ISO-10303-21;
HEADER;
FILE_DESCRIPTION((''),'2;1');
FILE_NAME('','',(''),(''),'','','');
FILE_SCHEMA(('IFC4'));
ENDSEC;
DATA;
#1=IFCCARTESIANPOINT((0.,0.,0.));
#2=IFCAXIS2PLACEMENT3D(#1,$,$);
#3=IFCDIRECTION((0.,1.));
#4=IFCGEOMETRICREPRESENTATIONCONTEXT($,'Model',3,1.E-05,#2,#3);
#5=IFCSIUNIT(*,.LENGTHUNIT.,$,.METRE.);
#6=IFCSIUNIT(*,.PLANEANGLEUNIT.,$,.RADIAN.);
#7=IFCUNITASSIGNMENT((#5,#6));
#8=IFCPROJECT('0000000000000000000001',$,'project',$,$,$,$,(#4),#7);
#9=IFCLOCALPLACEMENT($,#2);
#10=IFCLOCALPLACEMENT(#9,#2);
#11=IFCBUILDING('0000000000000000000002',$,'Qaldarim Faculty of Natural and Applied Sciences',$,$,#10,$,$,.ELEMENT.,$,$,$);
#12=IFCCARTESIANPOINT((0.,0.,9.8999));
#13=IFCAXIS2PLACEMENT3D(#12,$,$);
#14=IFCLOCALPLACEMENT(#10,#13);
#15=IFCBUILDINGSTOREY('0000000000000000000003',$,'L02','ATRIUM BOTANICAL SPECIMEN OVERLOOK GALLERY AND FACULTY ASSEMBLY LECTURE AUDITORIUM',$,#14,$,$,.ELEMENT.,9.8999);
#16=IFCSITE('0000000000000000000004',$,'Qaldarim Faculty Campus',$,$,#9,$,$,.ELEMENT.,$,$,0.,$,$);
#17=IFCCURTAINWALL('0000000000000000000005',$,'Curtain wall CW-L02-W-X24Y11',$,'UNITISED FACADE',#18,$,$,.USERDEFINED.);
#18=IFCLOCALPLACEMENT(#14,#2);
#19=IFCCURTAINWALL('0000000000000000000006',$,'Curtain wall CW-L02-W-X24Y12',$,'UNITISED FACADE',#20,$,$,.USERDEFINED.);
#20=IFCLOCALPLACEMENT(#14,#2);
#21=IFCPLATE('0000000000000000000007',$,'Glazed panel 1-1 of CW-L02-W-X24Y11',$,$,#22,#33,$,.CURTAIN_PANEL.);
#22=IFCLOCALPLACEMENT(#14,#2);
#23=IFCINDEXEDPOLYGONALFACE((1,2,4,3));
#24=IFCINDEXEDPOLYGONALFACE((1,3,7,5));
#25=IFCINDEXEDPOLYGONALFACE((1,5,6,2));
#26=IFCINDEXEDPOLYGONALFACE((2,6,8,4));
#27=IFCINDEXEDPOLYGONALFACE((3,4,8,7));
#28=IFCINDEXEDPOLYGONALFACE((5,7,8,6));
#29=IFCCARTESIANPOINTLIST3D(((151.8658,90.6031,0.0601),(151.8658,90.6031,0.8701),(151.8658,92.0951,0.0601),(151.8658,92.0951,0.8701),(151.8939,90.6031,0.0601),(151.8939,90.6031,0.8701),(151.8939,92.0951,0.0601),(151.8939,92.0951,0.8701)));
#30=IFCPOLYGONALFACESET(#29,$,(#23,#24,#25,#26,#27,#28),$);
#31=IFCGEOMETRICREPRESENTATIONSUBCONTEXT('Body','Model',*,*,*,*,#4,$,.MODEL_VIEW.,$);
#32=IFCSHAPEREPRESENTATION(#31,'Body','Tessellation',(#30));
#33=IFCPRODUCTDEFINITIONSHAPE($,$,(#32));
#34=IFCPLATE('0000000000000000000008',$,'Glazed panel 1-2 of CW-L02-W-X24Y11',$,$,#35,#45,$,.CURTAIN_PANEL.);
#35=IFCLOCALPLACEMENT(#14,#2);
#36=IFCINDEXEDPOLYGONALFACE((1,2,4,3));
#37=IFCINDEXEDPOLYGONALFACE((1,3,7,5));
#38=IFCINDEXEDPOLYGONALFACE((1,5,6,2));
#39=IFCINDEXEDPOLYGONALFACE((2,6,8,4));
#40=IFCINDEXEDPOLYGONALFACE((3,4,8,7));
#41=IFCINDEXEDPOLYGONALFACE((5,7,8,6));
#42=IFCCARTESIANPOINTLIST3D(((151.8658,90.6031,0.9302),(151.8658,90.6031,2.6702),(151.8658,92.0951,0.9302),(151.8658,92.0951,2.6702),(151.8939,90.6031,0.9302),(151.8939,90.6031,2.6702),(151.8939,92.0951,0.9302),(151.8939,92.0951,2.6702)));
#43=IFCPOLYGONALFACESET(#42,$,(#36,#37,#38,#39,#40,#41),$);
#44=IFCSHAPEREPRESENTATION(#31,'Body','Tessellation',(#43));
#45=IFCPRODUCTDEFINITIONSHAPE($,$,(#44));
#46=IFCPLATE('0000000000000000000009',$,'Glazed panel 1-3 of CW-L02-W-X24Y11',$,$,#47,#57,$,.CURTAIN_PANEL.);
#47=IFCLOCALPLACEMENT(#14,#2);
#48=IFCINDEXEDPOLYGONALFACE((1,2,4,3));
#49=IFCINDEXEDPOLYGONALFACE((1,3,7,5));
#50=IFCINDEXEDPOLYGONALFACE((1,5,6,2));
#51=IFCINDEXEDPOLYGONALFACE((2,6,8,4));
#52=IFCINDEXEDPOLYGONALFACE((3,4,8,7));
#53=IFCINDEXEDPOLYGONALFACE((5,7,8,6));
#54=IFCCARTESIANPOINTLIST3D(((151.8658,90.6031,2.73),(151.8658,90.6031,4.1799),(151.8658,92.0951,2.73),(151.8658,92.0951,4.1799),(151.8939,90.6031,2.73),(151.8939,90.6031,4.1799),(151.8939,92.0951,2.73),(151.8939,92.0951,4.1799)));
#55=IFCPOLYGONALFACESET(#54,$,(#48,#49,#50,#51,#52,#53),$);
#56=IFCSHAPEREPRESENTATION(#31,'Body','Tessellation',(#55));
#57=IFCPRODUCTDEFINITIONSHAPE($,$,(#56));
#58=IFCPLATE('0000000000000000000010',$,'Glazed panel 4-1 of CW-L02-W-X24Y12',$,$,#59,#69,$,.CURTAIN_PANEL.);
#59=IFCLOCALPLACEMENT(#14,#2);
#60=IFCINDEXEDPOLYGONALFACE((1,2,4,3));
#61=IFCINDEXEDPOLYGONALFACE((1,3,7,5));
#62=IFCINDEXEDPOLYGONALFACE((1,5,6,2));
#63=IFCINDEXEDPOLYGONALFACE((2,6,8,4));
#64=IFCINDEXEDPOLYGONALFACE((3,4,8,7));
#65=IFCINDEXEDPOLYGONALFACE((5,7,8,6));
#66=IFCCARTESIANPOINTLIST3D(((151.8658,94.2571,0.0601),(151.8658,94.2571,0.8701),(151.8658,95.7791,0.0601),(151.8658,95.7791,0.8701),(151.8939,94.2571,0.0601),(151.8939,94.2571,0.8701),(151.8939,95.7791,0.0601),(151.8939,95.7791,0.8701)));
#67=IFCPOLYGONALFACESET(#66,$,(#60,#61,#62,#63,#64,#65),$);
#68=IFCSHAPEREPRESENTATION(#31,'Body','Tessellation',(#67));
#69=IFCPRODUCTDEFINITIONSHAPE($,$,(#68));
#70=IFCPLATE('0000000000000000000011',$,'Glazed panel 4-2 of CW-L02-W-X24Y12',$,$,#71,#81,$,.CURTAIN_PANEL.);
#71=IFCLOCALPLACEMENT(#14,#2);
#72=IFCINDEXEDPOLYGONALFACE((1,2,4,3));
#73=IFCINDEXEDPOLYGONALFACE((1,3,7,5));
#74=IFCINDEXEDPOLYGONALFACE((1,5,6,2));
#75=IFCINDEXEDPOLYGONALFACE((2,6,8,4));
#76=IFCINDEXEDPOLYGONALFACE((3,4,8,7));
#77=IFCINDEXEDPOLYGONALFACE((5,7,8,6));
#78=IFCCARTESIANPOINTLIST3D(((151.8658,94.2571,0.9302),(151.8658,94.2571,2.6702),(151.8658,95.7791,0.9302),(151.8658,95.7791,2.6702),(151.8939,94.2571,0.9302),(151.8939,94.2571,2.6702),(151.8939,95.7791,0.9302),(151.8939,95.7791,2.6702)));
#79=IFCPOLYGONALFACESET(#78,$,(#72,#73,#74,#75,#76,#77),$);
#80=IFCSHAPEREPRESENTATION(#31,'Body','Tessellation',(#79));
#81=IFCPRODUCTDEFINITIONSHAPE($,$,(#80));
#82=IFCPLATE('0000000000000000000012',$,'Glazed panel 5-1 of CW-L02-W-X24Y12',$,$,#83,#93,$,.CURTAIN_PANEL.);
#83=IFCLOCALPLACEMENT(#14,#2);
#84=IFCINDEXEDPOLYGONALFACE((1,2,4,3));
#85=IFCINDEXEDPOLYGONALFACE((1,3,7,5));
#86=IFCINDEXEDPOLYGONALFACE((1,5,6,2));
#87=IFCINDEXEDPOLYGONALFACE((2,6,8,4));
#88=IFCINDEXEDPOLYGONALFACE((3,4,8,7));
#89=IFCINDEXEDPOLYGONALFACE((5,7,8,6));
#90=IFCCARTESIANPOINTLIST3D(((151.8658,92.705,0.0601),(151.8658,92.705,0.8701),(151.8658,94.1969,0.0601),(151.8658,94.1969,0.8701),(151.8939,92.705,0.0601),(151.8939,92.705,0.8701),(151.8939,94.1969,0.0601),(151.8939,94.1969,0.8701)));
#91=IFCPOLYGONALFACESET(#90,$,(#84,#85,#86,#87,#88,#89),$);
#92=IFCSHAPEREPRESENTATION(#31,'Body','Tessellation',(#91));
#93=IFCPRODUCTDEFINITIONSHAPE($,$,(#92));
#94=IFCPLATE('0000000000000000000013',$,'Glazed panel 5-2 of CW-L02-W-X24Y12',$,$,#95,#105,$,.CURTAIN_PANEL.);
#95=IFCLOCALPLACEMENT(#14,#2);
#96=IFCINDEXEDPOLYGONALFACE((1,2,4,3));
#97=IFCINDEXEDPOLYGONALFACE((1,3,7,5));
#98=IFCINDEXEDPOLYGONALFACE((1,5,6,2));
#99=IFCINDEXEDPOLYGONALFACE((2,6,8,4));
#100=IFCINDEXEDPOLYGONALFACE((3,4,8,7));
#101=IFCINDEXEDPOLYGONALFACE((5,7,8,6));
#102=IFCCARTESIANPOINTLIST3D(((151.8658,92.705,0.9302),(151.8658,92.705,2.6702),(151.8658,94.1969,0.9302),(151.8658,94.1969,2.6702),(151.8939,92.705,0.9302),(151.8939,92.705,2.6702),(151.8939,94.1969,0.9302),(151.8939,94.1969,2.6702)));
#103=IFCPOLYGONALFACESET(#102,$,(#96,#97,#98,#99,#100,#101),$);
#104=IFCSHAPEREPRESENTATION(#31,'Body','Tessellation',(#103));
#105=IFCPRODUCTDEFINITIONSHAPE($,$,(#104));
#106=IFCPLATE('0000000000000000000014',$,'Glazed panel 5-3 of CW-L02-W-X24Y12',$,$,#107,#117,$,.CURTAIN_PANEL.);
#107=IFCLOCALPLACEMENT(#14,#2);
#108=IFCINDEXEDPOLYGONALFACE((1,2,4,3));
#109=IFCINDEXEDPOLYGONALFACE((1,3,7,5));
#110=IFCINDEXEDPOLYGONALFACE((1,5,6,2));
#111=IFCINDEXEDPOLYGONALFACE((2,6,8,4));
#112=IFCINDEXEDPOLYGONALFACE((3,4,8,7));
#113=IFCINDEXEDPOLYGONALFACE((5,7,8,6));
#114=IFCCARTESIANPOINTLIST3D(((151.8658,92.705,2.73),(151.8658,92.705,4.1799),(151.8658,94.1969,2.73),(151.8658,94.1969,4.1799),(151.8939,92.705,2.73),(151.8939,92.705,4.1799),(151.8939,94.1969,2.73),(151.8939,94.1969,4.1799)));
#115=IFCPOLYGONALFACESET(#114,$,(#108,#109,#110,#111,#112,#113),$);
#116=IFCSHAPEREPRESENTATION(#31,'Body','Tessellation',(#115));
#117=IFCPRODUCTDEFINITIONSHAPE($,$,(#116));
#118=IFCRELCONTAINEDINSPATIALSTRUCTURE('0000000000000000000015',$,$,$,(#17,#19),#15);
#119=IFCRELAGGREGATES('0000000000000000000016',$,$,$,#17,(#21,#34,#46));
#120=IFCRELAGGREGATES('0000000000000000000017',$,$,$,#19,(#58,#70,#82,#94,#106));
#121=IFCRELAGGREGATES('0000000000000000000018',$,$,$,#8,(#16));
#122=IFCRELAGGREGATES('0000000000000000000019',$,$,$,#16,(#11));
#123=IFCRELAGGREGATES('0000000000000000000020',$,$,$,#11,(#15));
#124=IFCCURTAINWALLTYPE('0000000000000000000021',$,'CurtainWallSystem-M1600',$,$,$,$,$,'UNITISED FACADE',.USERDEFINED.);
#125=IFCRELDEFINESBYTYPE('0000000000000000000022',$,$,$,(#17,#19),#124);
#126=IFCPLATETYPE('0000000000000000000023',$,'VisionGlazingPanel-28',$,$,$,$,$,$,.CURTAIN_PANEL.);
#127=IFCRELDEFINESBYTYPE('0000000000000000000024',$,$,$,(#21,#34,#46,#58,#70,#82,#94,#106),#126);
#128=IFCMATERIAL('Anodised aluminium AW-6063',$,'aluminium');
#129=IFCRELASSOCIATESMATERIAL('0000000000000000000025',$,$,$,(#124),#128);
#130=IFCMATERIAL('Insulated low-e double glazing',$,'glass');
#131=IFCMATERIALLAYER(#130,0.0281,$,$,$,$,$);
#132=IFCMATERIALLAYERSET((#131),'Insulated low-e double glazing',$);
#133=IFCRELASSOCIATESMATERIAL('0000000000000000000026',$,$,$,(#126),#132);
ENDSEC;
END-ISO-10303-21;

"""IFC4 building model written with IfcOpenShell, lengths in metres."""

from ifc_helpers import new_model, si_unit, direction, frame, origin, origin_2d, place, context, subcontext, project, spatial, rectangle, extrude, material, layer, layer_set, type_object, element, aggregate, save


model = new_model("IFC4")

# Units and contexts
model_context = context("Model", 3, precision=1e-05, world=origin(), true_north=direction((0.0, 1.0)))
body_context = subcontext(model_context, "Body", "Model", "MODEL_VIEW")
ifc_project = project(units=[si_unit("LENGTHUNIT", "METRE"), si_unit("PLANEANGLEUNIT", "RADIAN")], contexts=[model_context])

# Site, building, storey
site_placement = place(None, origin())
site = spatial("IfcSite", under=ifc_project, at=site_placement, Name="Qaldarim Faculty Campus", CompositionType="ELEMENT", RefElevation=0.0)
building_placement = place(site_placement, origin())
building = spatial("IfcBuilding", under=site, at=building_placement, Name="Qaldarim Faculty of Natural and Applied Sciences", CompositionType="ELEMENT")
storey_placement = place(building_placement, frame((0.0, 0.0, 9.8999)))
storey = spatial("IfcBuildingStorey", under=building, at=storey_placement, Name="L02", Description="ATRIUM BOTANICAL SPECIMEN OVERLOOK GALLERY AND FACULTY ASSEMBLY LECTURE AUDITORIUM", CompositionType="ELEMENT", Elevation=9.8999)

# Curtain walls
ifc_material_1 = material(Name="Anodised aluminium AW-6063", Category="aluminium")
curtain_wall_type = type_object("IfcCurtainWallType", Name="CurtainWallSystem-M1600", ElementType="UNITISED FACADE", PredefinedType="USERDEFINED", material=ifc_material_1)
curtain_wall_1_placement = place(storey_placement, origin())
curtain_wall_1 = element("IfcCurtainWall", 1, at=curtain_wall_1_placement, inside=storey, type_object=curtain_wall_type, Name="Curtain wall CW-L02-W-X24Y11", ObjectType="UNITISED FACADE", PredefinedType="USERDEFINED")
curtain_wall_2_placement = place(storey_placement, origin())
curtain_wall_2 = element("IfcCurtainWall", 2, at=curtain_wall_2_placement, inside=storey, type_object=curtain_wall_type, Name="Curtain wall CW-L02-W-X24Y12", ObjectType="UNITISED FACADE", PredefinedType="USERDEFINED")

# Plates
ifc_material_2 = material(Name="Insulated low-e double glazing", Category="glass")
ifc_layer = layer(ifc_material_2, 0.0281)
ifc_layer_set = layer_set([ifc_layer], Name="Insulated low-e double glazing")
plate_type = type_object("IfcPlateType", Name="VisionGlazingPanel-28", PredefinedType="CURTAIN_PANEL", material=ifc_layer_set)
plate_1_placement = place(storey_placement, frame((151.8799, 91.3491, 0.0601), z_axis=(0.0, 0.0, 1.0), x_axis=(0.0, -1.0, 0.0)))
plate_1 = element("IfcPlate", 3, at=plate_1_placement, type_object=plate_type, Name="Glazed panel 1-1 of CW-L02-W-X24Y11", PredefinedType="CURTAIN_PANEL", context=body_context, shape_type="SweptSolid", body=[
    extrude(rectangle(XDim=1.4919, YDim=0.0281, at=origin_2d()), origin(), (0.0, 0.0, 1.0), 0.8101),
])
plate_2_placement = place(storey_placement, frame((151.8799, 91.3491, 0.9302), z_axis=(0.0, 0.0, 1.0), x_axis=(0.0, -1.0, 0.0)))
plate_2 = element("IfcPlate", 4, at=plate_2_placement, type_object=plate_type, Name="Glazed panel 1-2 of CW-L02-W-X24Y11", PredefinedType="CURTAIN_PANEL", context=body_context, shape_type="SweptSolid", body=[
    extrude(rectangle(XDim=1.4919, YDim=0.0281, at=origin_2d()), origin(), (0.0, 0.0, 1.0), 1.74),
])
plate_3_placement = place(storey_placement, frame((151.8799, 91.3491, 2.73), z_axis=(0.0, 0.0, 1.0), x_axis=(0.0, -1.0, 0.0)))
plate_3 = element("IfcPlate", 5, at=plate_3_placement, type_object=plate_type, Name="Glazed panel 1-3 of CW-L02-W-X24Y11", PredefinedType="CURTAIN_PANEL", context=body_context, shape_type="SweptSolid", body=[
    extrude(rectangle(XDim=1.4919, YDim=0.0281, at=origin_2d()), origin(), (0.0, 0.0, 1.0), 1.45),
])
aggregate(curtain_wall_1, [plate_1, plate_2, plate_3])
plate_4_placement = place(storey_placement, frame((151.8799, 95.0181, 0.0601), z_axis=(0.0, 0.0, 1.0), x_axis=(0.0, -1.0, 0.0)))
plate_4 = element("IfcPlate", 6, at=plate_4_placement, type_object=plate_type, Name="Glazed panel 4-1 of CW-L02-W-X24Y12", PredefinedType="CURTAIN_PANEL", context=body_context, shape_type="SweptSolid", body=[
    extrude(rectangle(XDim=1.522, YDim=0.0281, at=origin_2d()), origin(), (0.0, 0.0, 1.0), 0.8101),
])
plate_5_placement = place(storey_placement, frame((151.8799, 95.0181, 0.9302), z_axis=(0.0, 0.0, 1.0), x_axis=(0.0, -1.0, 0.0)))
plate_5 = element("IfcPlate", 7, at=plate_5_placement, type_object=plate_type, Name="Glazed panel 4-2 of CW-L02-W-X24Y12", PredefinedType="CURTAIN_PANEL", context=body_context, shape_type="SweptSolid", body=[
    extrude(rectangle(XDim=1.522, YDim=0.0281, at=origin_2d()), origin(), (0.0, 0.0, 1.0), 1.74),
])
plate_6_placement = place(storey_placement, frame((151.8799, 93.4509, 0.0601), z_axis=(0.0, 0.0, 1.0), x_axis=(0.0, -1.0, 0.0)))
plate_6 = element("IfcPlate", 8, at=plate_6_placement, type_object=plate_type, Name="Glazed panel 5-1 of CW-L02-W-X24Y12", PredefinedType="CURTAIN_PANEL", context=body_context, shape_type="SweptSolid", body=[
    extrude(rectangle(XDim=1.4919, YDim=0.0281, at=origin_2d()), origin(), (0.0, 0.0, 1.0), 0.8101),
])
plate_7_placement = place(storey_placement, frame((151.8799, 93.4509, 0.9302), z_axis=(0.0, 0.0, 1.0), x_axis=(0.0, -1.0, 0.0)))
plate_7 = element("IfcPlate", 9, at=plate_7_placement, type_object=plate_type, Name="Glazed panel 5-2 of CW-L02-W-X24Y12", PredefinedType="CURTAIN_PANEL", context=body_context, shape_type="SweptSolid", body=[
    extrude(rectangle(XDim=1.4919, YDim=0.0281, at=origin_2d()), origin(), (0.0, 0.0, 1.0), 1.74),
])
plate_8_placement = place(storey_placement, frame((151.8799, 93.4509, 2.73), z_axis=(0.0, 0.0, 1.0), x_axis=(0.0, -1.0, 0.0)))
plate_8 = element("IfcPlate", 10, at=plate_8_placement, type_object=plate_type, Name="Glazed panel 5-3 of CW-L02-W-X24Y12", PredefinedType="CURTAIN_PANEL", context=body_context, shape_type="SweptSolid", body=[
    extrude(rectangle(XDim=1.4919, YDim=0.0281, at=origin_2d()), origin(), (0.0, 0.0, 1.0), 1.45),
])
aggregate(curtain_wall_2, [plate_4, plate_5, plate_6, plate_7, plate_8])

save(model, "model.ifc")
